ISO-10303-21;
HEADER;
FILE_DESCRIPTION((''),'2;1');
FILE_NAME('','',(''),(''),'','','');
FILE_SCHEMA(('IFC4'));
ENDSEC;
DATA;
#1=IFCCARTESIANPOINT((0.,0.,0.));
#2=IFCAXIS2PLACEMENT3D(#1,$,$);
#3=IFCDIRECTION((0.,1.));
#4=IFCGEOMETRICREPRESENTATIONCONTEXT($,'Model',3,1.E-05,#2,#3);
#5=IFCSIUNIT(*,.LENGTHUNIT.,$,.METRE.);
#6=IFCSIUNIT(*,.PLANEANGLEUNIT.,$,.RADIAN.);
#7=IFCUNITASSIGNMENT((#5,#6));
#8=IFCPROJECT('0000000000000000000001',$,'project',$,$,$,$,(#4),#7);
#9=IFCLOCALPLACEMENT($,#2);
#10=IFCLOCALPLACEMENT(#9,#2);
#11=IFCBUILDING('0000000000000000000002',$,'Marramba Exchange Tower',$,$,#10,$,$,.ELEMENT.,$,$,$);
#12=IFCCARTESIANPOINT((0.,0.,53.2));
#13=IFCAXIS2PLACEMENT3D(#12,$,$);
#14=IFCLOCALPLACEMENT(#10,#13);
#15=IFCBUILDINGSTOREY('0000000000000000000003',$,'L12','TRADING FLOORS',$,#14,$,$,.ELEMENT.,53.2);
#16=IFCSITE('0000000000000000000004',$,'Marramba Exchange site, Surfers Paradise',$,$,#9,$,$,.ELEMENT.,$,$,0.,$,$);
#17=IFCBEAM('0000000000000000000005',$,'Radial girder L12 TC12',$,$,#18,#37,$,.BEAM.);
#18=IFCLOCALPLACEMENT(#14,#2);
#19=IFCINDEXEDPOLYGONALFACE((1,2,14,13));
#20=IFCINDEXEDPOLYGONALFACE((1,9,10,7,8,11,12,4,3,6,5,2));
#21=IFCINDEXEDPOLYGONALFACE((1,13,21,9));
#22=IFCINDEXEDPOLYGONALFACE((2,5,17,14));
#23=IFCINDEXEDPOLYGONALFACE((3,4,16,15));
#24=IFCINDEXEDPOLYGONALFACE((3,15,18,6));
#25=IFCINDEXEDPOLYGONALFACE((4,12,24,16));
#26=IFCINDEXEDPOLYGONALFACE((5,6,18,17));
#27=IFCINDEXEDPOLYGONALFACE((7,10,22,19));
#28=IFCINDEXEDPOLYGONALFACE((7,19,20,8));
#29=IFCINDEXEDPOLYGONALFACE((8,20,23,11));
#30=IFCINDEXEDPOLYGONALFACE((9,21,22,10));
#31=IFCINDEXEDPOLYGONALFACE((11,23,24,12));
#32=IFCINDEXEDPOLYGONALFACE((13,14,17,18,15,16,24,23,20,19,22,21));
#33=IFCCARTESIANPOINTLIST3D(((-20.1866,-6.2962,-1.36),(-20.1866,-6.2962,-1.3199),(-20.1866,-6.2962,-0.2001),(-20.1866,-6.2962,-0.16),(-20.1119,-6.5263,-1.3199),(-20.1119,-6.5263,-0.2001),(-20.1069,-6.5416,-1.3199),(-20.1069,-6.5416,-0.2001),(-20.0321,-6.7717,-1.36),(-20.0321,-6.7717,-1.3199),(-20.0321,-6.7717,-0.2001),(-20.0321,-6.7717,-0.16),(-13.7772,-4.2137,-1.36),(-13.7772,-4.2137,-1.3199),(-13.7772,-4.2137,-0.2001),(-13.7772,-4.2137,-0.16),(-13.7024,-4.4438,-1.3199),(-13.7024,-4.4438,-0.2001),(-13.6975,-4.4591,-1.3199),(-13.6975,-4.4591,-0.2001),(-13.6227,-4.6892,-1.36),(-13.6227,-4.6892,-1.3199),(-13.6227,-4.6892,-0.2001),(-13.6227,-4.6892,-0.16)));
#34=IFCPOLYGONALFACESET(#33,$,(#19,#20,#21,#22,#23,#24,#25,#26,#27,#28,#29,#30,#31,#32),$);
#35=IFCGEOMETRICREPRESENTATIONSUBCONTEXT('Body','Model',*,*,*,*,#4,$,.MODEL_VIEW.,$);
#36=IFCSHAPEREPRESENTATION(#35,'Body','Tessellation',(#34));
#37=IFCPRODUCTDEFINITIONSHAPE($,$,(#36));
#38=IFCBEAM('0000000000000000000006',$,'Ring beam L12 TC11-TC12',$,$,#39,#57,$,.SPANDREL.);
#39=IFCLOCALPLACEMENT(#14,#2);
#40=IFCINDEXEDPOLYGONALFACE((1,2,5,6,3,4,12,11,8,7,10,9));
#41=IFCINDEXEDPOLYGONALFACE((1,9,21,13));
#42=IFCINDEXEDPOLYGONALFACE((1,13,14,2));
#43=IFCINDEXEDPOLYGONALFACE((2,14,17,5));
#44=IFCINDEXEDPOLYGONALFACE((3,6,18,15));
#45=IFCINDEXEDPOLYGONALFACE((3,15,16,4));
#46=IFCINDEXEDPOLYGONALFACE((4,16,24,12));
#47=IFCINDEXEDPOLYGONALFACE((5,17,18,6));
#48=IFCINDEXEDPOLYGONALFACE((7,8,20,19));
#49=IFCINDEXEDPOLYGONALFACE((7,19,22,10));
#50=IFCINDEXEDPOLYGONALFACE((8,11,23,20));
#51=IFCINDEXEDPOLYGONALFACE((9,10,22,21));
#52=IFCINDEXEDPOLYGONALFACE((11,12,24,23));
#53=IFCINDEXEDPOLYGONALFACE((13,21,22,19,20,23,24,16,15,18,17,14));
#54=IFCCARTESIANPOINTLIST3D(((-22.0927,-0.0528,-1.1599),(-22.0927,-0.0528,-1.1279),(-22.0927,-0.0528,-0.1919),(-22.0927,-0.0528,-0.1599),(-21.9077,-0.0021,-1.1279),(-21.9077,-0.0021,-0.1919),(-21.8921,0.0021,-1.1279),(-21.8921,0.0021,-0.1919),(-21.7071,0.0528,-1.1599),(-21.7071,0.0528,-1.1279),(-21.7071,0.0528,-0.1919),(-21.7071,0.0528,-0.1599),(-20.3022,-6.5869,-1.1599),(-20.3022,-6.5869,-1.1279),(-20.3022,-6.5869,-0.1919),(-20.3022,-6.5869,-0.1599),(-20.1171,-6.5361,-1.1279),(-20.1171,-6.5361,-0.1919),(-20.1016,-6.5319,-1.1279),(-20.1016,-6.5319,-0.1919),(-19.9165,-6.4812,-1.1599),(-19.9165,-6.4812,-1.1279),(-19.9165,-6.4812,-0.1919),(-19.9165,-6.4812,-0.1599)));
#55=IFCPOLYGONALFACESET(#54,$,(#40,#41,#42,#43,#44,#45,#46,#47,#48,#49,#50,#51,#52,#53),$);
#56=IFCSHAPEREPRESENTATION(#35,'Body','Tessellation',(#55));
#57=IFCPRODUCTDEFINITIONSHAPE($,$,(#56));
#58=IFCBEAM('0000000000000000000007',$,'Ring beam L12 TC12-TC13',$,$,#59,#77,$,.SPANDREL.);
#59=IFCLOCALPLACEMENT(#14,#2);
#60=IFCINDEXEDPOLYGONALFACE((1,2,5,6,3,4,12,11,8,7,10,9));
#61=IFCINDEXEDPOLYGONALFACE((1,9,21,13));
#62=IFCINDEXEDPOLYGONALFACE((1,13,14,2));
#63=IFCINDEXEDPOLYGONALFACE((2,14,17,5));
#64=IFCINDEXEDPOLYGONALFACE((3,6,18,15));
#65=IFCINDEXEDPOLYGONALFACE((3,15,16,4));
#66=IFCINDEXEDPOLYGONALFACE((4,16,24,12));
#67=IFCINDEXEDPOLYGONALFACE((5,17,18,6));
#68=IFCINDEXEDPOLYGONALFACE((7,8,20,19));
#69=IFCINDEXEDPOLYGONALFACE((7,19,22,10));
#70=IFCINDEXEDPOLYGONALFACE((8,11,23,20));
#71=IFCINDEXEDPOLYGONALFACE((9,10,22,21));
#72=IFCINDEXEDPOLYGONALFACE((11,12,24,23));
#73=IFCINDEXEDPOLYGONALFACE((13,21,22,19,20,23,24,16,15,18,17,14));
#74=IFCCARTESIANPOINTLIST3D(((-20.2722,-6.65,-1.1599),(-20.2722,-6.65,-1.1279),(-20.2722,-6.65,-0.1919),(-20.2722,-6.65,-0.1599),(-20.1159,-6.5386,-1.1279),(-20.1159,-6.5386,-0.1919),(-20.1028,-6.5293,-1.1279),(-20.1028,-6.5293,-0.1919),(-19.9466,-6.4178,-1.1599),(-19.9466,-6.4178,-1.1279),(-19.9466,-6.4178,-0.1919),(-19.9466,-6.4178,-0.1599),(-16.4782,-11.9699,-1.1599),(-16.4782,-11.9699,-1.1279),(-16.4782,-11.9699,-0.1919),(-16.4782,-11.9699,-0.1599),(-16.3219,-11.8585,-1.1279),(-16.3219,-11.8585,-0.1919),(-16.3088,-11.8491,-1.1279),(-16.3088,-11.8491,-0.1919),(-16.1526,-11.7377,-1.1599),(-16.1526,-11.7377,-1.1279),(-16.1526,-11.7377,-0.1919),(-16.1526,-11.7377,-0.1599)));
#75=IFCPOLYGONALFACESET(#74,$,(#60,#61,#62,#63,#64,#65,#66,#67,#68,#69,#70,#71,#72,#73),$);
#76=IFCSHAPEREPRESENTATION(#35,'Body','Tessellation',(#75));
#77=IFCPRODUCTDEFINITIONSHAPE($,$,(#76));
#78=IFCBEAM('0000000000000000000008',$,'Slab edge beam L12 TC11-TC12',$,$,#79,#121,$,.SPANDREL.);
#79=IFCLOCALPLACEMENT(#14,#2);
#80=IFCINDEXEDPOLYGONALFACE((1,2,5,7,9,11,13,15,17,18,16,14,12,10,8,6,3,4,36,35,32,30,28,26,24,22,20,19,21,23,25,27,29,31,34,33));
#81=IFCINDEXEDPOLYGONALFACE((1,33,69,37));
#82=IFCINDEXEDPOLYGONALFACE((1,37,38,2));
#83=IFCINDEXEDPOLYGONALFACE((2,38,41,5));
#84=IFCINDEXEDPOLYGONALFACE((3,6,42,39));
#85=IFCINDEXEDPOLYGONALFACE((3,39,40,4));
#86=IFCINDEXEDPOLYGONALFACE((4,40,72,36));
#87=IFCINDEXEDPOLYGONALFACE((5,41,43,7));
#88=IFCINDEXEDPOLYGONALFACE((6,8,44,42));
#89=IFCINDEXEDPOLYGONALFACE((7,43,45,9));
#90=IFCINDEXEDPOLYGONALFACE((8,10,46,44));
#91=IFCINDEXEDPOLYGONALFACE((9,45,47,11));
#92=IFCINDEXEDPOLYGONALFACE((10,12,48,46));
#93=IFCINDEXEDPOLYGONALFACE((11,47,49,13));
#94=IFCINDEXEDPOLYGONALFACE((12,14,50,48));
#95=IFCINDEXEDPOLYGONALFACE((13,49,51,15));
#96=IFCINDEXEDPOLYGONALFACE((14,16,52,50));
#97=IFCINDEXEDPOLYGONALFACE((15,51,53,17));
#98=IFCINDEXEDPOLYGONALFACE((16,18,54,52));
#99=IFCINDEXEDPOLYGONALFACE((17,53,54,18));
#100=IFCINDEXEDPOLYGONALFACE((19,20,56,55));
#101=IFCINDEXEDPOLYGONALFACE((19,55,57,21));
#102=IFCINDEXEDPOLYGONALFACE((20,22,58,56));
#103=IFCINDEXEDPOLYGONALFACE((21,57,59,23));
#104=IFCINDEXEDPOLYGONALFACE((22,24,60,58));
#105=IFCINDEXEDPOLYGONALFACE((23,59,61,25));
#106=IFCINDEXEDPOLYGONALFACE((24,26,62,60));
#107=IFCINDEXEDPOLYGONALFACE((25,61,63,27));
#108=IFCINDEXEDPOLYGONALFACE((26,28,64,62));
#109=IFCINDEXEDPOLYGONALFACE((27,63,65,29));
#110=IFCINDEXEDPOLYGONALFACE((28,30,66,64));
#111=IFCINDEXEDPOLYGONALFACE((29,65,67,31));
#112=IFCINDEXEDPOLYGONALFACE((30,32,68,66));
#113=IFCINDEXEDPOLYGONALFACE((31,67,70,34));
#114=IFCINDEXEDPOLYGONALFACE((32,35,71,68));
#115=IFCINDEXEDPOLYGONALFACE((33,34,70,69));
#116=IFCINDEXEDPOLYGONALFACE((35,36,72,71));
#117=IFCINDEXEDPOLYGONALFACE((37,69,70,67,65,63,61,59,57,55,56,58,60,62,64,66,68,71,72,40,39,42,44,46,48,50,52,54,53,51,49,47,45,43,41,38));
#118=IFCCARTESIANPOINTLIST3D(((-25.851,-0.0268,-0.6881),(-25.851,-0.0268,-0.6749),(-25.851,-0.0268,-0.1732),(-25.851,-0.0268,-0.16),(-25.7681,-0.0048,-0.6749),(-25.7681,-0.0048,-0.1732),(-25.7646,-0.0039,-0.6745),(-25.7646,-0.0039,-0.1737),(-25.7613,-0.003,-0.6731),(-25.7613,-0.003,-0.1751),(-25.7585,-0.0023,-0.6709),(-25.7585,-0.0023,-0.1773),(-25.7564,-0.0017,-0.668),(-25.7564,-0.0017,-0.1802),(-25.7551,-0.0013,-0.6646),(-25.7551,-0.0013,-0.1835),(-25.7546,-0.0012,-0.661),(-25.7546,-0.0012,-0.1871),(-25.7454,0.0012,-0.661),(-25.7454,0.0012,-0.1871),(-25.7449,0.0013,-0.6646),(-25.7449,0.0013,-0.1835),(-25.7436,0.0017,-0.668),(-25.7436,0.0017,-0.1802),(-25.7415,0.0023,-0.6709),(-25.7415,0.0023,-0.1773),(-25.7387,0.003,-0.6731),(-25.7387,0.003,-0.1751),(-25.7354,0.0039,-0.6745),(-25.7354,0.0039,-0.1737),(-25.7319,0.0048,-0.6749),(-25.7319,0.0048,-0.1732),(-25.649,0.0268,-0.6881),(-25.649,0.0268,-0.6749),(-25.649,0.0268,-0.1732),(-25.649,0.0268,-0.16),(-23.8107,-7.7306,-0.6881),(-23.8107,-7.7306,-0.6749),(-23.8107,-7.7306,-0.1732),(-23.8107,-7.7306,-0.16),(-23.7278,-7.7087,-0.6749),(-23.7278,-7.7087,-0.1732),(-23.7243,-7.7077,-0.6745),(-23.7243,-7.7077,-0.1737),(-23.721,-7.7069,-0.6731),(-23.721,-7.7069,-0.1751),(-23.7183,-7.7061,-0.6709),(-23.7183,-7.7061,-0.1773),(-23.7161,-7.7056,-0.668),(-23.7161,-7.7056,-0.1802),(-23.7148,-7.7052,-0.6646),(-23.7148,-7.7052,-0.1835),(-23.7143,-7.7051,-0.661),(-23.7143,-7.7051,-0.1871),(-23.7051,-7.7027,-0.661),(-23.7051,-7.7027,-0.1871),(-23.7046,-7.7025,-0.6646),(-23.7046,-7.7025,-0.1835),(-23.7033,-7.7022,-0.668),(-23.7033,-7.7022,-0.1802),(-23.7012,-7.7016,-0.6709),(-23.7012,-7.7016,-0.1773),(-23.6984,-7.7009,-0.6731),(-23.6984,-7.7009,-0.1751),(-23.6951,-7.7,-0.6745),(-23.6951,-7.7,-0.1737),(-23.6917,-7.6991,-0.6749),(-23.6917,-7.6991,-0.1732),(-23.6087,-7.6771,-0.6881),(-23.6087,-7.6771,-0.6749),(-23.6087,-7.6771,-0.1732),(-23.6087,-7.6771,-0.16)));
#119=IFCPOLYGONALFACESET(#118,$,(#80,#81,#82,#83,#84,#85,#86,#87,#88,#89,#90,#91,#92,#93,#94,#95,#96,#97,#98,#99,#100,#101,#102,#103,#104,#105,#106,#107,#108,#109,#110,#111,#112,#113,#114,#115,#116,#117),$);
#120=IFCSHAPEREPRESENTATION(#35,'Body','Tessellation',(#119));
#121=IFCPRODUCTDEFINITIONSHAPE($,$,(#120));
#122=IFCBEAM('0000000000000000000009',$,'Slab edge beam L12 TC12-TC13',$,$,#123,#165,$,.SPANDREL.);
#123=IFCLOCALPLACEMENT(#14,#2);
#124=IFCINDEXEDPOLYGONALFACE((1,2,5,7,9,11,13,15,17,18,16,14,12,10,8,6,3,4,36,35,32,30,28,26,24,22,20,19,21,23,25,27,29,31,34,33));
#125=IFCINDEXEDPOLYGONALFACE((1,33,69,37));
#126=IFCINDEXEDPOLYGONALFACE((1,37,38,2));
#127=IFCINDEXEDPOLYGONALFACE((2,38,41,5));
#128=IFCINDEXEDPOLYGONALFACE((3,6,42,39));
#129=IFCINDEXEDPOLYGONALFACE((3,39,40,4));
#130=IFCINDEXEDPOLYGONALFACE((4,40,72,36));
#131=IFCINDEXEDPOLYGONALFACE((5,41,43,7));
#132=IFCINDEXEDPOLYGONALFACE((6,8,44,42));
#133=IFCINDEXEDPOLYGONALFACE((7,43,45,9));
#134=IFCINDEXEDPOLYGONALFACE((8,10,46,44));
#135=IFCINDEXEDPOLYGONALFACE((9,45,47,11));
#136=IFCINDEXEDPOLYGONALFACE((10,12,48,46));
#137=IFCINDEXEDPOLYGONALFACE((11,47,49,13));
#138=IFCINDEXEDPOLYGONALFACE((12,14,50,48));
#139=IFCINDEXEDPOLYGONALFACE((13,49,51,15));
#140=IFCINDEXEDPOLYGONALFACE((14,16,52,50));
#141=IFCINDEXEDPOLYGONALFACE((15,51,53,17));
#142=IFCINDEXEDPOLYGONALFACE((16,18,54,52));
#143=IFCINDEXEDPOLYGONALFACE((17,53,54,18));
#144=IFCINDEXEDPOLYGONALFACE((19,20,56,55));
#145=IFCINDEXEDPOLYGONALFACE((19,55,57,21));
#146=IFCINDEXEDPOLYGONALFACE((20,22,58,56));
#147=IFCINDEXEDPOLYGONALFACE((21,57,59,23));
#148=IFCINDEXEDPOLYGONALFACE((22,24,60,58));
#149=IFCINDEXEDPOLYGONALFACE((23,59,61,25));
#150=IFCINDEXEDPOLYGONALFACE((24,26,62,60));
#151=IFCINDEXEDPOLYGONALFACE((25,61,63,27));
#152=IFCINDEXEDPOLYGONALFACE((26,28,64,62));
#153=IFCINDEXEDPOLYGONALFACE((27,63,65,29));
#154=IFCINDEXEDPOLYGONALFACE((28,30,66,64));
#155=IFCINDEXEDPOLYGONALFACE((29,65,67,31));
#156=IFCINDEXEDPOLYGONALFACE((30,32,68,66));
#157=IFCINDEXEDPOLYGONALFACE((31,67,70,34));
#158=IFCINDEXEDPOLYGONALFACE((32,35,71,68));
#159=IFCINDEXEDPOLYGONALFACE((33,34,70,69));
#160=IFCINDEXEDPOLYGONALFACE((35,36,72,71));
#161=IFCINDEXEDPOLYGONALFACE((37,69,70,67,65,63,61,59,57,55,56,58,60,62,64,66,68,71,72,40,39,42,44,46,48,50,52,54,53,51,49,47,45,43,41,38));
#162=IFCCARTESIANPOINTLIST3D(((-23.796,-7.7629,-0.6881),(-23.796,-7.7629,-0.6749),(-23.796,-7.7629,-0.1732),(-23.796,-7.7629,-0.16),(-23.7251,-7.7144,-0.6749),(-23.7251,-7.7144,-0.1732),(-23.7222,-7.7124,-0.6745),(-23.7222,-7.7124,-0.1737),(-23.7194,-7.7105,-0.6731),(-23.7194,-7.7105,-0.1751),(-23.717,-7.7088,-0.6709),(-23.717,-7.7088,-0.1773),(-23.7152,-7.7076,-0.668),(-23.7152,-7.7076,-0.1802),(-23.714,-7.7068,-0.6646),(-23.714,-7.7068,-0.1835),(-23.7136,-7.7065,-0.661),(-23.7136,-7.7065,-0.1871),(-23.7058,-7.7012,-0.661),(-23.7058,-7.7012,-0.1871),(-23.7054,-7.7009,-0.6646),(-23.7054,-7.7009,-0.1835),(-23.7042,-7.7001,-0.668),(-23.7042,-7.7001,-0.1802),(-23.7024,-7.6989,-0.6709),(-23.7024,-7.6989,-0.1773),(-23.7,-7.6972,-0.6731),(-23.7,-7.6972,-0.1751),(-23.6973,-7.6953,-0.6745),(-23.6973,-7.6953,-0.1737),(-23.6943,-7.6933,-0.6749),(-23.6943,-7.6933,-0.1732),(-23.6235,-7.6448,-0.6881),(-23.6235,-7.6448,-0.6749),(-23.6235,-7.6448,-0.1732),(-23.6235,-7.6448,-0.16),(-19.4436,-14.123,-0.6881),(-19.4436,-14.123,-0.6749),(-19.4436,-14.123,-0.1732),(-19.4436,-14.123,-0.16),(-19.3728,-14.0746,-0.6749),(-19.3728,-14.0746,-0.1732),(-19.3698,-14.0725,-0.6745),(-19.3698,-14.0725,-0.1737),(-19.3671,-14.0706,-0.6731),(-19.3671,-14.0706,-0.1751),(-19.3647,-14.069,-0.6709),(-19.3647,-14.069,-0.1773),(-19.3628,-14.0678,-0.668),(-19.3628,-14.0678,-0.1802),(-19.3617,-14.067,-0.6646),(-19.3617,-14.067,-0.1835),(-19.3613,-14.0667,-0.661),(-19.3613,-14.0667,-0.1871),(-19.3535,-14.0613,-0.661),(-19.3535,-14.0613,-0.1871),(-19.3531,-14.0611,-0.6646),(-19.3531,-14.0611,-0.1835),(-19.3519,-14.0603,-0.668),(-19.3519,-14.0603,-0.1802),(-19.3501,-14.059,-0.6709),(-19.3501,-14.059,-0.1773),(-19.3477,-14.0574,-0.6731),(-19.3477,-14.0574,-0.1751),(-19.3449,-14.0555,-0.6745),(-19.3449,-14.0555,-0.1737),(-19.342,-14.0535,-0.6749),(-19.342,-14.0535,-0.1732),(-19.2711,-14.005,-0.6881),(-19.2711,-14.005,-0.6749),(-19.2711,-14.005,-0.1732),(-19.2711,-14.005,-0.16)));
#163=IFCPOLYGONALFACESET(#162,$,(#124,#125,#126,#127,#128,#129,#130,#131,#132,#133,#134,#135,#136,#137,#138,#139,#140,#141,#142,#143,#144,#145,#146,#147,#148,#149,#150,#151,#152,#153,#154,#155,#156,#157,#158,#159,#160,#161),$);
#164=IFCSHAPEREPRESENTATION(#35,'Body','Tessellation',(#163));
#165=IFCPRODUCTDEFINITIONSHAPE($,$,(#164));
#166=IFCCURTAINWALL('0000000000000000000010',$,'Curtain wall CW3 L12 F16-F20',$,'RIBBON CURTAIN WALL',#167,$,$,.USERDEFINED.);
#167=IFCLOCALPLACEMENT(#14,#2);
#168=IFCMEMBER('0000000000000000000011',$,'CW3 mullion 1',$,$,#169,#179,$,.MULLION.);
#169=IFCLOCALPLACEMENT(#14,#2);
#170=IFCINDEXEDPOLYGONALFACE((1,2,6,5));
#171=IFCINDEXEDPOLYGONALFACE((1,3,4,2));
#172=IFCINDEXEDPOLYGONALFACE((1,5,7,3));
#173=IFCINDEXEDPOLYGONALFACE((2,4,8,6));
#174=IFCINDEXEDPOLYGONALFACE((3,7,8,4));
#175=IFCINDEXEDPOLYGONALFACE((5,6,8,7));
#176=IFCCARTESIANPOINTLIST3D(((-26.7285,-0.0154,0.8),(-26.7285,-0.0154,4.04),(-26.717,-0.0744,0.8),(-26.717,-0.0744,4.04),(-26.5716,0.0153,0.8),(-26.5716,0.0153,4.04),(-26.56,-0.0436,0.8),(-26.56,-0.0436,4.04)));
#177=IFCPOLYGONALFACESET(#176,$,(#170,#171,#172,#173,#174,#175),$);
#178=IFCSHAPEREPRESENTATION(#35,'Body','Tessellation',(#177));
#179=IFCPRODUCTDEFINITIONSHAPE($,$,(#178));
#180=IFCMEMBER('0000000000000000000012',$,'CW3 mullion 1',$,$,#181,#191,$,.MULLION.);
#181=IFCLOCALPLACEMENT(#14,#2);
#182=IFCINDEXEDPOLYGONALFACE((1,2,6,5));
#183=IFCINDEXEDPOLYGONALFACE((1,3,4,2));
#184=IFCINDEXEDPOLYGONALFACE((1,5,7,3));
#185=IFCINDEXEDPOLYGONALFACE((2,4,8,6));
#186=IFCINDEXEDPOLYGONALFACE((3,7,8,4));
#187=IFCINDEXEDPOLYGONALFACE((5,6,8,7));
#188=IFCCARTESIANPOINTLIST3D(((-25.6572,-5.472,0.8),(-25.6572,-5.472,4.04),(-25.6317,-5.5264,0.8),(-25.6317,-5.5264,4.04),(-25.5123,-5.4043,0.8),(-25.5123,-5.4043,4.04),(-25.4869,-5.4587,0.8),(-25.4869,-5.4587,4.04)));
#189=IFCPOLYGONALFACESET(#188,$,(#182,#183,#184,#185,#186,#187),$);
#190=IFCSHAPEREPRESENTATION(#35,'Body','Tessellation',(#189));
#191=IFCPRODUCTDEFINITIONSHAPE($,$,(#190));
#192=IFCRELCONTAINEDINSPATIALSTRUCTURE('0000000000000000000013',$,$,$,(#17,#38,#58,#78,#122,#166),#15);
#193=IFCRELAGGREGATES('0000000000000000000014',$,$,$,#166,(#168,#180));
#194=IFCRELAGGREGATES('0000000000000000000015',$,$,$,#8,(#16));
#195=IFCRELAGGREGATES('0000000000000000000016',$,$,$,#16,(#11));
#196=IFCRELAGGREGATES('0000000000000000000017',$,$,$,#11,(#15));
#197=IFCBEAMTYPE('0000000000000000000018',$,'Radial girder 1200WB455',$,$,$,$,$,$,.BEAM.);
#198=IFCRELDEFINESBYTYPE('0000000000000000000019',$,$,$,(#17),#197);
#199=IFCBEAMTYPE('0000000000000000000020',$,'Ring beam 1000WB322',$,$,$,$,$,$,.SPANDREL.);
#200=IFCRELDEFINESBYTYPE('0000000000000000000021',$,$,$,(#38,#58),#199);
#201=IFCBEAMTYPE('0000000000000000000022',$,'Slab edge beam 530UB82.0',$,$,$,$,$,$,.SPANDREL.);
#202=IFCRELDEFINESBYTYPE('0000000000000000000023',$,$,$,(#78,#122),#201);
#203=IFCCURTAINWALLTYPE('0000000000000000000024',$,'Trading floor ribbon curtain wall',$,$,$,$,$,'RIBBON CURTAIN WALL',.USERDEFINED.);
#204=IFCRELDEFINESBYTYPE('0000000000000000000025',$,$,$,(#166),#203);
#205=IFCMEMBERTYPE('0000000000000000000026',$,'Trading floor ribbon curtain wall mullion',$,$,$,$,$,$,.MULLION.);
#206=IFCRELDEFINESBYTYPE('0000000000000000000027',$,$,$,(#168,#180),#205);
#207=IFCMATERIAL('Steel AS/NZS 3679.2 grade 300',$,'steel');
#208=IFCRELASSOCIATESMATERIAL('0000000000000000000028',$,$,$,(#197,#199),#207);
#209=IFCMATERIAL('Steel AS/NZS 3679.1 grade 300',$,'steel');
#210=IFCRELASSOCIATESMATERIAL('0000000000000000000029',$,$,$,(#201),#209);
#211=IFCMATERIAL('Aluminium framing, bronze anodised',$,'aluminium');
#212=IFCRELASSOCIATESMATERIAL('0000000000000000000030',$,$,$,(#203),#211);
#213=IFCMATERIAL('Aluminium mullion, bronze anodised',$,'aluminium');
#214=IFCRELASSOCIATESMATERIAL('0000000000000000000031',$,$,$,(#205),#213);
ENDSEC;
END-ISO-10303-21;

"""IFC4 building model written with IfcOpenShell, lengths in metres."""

from ifc_helpers import new_model, si_unit, direction, frame, origin, origin_2d, place, context, subcontext, project, spatial, rectangle, i_section, extrude, material, material_profile, profile_set, type_object, element, aggregate, save


model = new_model("IFC4")

# Units and contexts
model_context = context("Model", 3, precision=1e-05, world=origin(), true_north=direction((0.0, 1.0)))
body_context = subcontext(model_context, "Body", "Model", "MODEL_VIEW")
ifc_project = project(units=[si_unit("LENGTHUNIT", "METRE"), si_unit("PLANEANGLEUNIT", "RADIAN")], contexts=[model_context])

# Site, building, storey
site_placement = place(None, origin())
site = spatial("IfcSite", under=ifc_project, at=site_placement, Name="Marramba Exchange site, Surfers Paradise", CompositionType="ELEMENT", RefElevation=0.0)
building_placement = place(site_placement, origin())
building = spatial("IfcBuilding", under=site, at=building_placement, Name="Marramba Exchange Tower", CompositionType="ELEMENT")
storey_placement = place(building_placement, frame((0.0, 0.0, 53.2)))
storey = spatial("IfcBuildingStorey", under=building, at=storey_placement, Name="L12", Description="TRADING FLOORS", CompositionType="ELEMENT", Elevation=53.2)

# Beams
ifc_material_1 = material(Name="Steel AS/NZS 3679.2 grade 300", Category="steel")
ifc_material_2 = material(Name="Steel AS/NZS 3679.1 grade 300", Category="steel")
ifc_material_profile_1 = material_profile(ifc_material_1, i_section(OverallWidth=0.5, OverallDepth=1.2, WebThickness=0.0161, FlangeThickness=0.04, at=origin_2d()), Name="1200WB455")
ifc_profile_set_1 = profile_set([ifc_material_profile_1], Name="Steel AS/NZS 3679.2 grade 300")
beam_type_1 = type_object("IfcBeamType", Name="Radial girder 1200WB455", PredefinedType="BEAM", material=ifc_profile_set_1)
beam_1_placement = place(storey_placement, frame((-13.7, -4.4514, -0.76), z_axis=(-0.951058, -0.309013, 0.0), x_axis=(0.309013, -0.951058, 0.0)))
element("IfcBeam", 1, at=beam_1_placement, inside=storey, type_object=beam_type_1, Name="Radial girder L12 TC12", PredefinedType="BEAM", context=body_context, shape_type="SweptSolid", body=[
    extrude(i_section(OverallWidth=0.5, OverallDepth=1.2, WebThickness=0.0161, FlangeThickness=0.04, at=origin_2d()), origin(), (0.0, 0.0, 1.0), 6.7393),
])
ifc_material_profile_2 = material_profile(ifc_material_1, i_section(OverallWidth=0.3999, OverallDepth=1.0, WebThickness=0.0161, FlangeThickness=0.032, at=origin_2d()), Name="1000WB322")
ifc_profile_set_2 = profile_set([ifc_material_profile_2], Name="Steel AS/NZS 3679.2 grade 300")
beam_type_2 = type_object("IfcBeamType", Name="Ring beam 1000WB322", PredefinedType="SPANDREL", material=ifc_profile_set_2)
beam_2_placement = place(storey_placement, frame((-21.8999, 0.0, -0.6599), z_axis=(0.264291, -0.964443, 0.0), x_axis=(0.964443, 0.264291, 0.0)))
element("IfcBeam", 2, at=beam_2_placement, inside=storey, type_object=beam_type_2, Name="Ring beam L12 TC11-TC12", PredefinedType="SPANDREL", context=body_context, shape_type="SweptSolid", body=[
    extrude(i_section(OverallWidth=0.3999, OverallDepth=1.0, WebThickness=0.0161, FlangeThickness=0.032, at=origin_2d()), origin(), (0.0, 0.0, 1.0), 6.7749),
])
beam_3_placement = place(storey_placement, frame((-20.1094, -6.5339, -0.6599), z_axis=(0.580637, -0.814162, 0.0), x_axis=(0.814162, 0.580637, 0.0)))
element("IfcBeam", 3, at=beam_3_placement, inside=storey, type_object=beam_type_2, Name="Ring beam L12 TC12-TC13", PredefinedType="SPANDREL", context=body_context, shape_type="SweptSolid", body=[
    extrude(i_section(OverallWidth=0.3999, OverallDepth=1.0, WebThickness=0.0161, FlangeThickness=0.032, at=origin_2d()), origin(), (0.0, 0.0, 1.0), 6.5342),
])
ifc_material_profile_3 = material_profile(ifc_material_2, i_section(OverallWidth=0.209, OverallDepth=0.5281, WebThickness=0.0095, FlangeThickness=0.0132, FilletRadius=0.0139, at=origin_2d()), Name="530UB82.0")
ifc_profile_set_3 = profile_set([ifc_material_profile_3], Name="Steel AS/NZS 3679.1 grade 300")
beam_type_3 = type_object("IfcBeamType", Name="Slab edge beam 530UB82.0", PredefinedType="SPANDREL", material=ifc_profile_set_3)
beam_4_placement = place(storey_placement, frame((-25.75, 0.0, -0.4241), z_axis=(0.256013, -0.966673, 0.0), x_axis=(0.966673, 0.256013, 0.0)))
element("IfcBeam", 4, at=beam_4_placement, inside=storey, type_object=beam_type_3, Name="Slab edge beam L12 TC11-TC12", PredefinedType="SPANDREL", context=body_context, shape_type="SweptSolid", body=[
    extrude(i_section(OverallWidth=0.209, OverallDepth=0.5281, WebThickness=0.0095, FlangeThickness=0.0132, FilletRadius=0.0139, at=origin_2d()), origin(), (0.0, 0.0, 1.0), 7.9695),
])
beam_5_placement = place(storey_placement, frame((-23.7097, -7.7039, -0.4241), z_axis=(0.564741, -0.825268, 0.0), x_axis=(0.825268, 0.564741, 0.0)))
element("IfcBeam", 5, at=beam_5_placement, inside=storey, type_object=beam_type_3, Name="Slab edge beam L12 TC12-TC13", PredefinedType="SPANDREL", context=body_context, shape_type="SweptSolid", body=[
    extrude(i_section(OverallWidth=0.209, OverallDepth=0.5281, WebThickness=0.0095, FlangeThickness=0.0132, FilletRadius=0.0139, at=origin_2d()), origin(), (0.0, 0.0, 1.0), 7.7068),
])

# Curtain wall, members
ifc_material_3 = material(Name="Aluminium framing, bronze anodised", Category="aluminium")
curtain_wall_type = type_object("IfcCurtainWallType", Name="Trading floor ribbon curtain wall", ElementType="RIBBON CURTAIN WALL", PredefinedType="USERDEFINED", material=ifc_material_3)
curtain_wall_placement = place(storey_placement, origin())
curtain_wall = element("IfcCurtainWall", 6, at=curtain_wall_placement, inside=storey, type_object=curtain_wall_type, Name="Curtain wall CW3 L12 F16-F20", ObjectType="RIBBON CURTAIN WALL", PredefinedType="USERDEFINED")
ifc_material_4 = material(Name="Aluminium mullion, bronze anodised", Category="aluminium")
ifc_material_profile_4 = material_profile(ifc_material_4, rectangle(XDim=0.1599, YDim=0.0601, at=origin_2d()), Name="CW3 mullion 60x160")
ifc_profile_set_4 = profile_set([ifc_material_profile_4], Name="Aluminium mullion, bronze anodised")
member_type_1 = type_object("IfcMemberType", Name="Trading floor ribbon curtain wall mullion", PredefinedType="MULLION", material=ifc_profile_set_4)
member_1_placement = place(storey_placement, frame((-26.6443, -0.0295, 0.8), z_axis=(0.0, 0.0, 1.0), x_axis=(0.981346, 0.192249, 0.0)))
member_1 = element("IfcMember", 7, at=member_1_placement, type_object=member_type_1, Name="CW3 mullion 1", PredefinedType="MULLION", context=body_context, shape_type="SweptSolid", body=[
    extrude(rectangle(XDim=0.1599, YDim=0.0601, at=origin_2d()), origin(), (0.0, 0.0, 1.0), 3.24),
])
member_2_placement = place(storey_placement, frame((-25.572, -5.4653, 0.8), z_axis=(0.0, 0.0, 1.0), x_axis=(0.905907, 0.423477, 0.0)))
member_2 = element("IfcMember", 8, at=member_2_placement, type_object=member_type_1, Name="CW3 mullion 1", PredefinedType="MULLION", context=body_context, shape_type="SweptSolid", body=[
    extrude(rectangle(XDim=0.1599, YDim=0.0601, at=origin_2d()), origin(), (0.0, 0.0, 1.0), 3.24),
])
aggregate(curtain_wall, [member_1, member_2])

save(model, "model.ifc")
